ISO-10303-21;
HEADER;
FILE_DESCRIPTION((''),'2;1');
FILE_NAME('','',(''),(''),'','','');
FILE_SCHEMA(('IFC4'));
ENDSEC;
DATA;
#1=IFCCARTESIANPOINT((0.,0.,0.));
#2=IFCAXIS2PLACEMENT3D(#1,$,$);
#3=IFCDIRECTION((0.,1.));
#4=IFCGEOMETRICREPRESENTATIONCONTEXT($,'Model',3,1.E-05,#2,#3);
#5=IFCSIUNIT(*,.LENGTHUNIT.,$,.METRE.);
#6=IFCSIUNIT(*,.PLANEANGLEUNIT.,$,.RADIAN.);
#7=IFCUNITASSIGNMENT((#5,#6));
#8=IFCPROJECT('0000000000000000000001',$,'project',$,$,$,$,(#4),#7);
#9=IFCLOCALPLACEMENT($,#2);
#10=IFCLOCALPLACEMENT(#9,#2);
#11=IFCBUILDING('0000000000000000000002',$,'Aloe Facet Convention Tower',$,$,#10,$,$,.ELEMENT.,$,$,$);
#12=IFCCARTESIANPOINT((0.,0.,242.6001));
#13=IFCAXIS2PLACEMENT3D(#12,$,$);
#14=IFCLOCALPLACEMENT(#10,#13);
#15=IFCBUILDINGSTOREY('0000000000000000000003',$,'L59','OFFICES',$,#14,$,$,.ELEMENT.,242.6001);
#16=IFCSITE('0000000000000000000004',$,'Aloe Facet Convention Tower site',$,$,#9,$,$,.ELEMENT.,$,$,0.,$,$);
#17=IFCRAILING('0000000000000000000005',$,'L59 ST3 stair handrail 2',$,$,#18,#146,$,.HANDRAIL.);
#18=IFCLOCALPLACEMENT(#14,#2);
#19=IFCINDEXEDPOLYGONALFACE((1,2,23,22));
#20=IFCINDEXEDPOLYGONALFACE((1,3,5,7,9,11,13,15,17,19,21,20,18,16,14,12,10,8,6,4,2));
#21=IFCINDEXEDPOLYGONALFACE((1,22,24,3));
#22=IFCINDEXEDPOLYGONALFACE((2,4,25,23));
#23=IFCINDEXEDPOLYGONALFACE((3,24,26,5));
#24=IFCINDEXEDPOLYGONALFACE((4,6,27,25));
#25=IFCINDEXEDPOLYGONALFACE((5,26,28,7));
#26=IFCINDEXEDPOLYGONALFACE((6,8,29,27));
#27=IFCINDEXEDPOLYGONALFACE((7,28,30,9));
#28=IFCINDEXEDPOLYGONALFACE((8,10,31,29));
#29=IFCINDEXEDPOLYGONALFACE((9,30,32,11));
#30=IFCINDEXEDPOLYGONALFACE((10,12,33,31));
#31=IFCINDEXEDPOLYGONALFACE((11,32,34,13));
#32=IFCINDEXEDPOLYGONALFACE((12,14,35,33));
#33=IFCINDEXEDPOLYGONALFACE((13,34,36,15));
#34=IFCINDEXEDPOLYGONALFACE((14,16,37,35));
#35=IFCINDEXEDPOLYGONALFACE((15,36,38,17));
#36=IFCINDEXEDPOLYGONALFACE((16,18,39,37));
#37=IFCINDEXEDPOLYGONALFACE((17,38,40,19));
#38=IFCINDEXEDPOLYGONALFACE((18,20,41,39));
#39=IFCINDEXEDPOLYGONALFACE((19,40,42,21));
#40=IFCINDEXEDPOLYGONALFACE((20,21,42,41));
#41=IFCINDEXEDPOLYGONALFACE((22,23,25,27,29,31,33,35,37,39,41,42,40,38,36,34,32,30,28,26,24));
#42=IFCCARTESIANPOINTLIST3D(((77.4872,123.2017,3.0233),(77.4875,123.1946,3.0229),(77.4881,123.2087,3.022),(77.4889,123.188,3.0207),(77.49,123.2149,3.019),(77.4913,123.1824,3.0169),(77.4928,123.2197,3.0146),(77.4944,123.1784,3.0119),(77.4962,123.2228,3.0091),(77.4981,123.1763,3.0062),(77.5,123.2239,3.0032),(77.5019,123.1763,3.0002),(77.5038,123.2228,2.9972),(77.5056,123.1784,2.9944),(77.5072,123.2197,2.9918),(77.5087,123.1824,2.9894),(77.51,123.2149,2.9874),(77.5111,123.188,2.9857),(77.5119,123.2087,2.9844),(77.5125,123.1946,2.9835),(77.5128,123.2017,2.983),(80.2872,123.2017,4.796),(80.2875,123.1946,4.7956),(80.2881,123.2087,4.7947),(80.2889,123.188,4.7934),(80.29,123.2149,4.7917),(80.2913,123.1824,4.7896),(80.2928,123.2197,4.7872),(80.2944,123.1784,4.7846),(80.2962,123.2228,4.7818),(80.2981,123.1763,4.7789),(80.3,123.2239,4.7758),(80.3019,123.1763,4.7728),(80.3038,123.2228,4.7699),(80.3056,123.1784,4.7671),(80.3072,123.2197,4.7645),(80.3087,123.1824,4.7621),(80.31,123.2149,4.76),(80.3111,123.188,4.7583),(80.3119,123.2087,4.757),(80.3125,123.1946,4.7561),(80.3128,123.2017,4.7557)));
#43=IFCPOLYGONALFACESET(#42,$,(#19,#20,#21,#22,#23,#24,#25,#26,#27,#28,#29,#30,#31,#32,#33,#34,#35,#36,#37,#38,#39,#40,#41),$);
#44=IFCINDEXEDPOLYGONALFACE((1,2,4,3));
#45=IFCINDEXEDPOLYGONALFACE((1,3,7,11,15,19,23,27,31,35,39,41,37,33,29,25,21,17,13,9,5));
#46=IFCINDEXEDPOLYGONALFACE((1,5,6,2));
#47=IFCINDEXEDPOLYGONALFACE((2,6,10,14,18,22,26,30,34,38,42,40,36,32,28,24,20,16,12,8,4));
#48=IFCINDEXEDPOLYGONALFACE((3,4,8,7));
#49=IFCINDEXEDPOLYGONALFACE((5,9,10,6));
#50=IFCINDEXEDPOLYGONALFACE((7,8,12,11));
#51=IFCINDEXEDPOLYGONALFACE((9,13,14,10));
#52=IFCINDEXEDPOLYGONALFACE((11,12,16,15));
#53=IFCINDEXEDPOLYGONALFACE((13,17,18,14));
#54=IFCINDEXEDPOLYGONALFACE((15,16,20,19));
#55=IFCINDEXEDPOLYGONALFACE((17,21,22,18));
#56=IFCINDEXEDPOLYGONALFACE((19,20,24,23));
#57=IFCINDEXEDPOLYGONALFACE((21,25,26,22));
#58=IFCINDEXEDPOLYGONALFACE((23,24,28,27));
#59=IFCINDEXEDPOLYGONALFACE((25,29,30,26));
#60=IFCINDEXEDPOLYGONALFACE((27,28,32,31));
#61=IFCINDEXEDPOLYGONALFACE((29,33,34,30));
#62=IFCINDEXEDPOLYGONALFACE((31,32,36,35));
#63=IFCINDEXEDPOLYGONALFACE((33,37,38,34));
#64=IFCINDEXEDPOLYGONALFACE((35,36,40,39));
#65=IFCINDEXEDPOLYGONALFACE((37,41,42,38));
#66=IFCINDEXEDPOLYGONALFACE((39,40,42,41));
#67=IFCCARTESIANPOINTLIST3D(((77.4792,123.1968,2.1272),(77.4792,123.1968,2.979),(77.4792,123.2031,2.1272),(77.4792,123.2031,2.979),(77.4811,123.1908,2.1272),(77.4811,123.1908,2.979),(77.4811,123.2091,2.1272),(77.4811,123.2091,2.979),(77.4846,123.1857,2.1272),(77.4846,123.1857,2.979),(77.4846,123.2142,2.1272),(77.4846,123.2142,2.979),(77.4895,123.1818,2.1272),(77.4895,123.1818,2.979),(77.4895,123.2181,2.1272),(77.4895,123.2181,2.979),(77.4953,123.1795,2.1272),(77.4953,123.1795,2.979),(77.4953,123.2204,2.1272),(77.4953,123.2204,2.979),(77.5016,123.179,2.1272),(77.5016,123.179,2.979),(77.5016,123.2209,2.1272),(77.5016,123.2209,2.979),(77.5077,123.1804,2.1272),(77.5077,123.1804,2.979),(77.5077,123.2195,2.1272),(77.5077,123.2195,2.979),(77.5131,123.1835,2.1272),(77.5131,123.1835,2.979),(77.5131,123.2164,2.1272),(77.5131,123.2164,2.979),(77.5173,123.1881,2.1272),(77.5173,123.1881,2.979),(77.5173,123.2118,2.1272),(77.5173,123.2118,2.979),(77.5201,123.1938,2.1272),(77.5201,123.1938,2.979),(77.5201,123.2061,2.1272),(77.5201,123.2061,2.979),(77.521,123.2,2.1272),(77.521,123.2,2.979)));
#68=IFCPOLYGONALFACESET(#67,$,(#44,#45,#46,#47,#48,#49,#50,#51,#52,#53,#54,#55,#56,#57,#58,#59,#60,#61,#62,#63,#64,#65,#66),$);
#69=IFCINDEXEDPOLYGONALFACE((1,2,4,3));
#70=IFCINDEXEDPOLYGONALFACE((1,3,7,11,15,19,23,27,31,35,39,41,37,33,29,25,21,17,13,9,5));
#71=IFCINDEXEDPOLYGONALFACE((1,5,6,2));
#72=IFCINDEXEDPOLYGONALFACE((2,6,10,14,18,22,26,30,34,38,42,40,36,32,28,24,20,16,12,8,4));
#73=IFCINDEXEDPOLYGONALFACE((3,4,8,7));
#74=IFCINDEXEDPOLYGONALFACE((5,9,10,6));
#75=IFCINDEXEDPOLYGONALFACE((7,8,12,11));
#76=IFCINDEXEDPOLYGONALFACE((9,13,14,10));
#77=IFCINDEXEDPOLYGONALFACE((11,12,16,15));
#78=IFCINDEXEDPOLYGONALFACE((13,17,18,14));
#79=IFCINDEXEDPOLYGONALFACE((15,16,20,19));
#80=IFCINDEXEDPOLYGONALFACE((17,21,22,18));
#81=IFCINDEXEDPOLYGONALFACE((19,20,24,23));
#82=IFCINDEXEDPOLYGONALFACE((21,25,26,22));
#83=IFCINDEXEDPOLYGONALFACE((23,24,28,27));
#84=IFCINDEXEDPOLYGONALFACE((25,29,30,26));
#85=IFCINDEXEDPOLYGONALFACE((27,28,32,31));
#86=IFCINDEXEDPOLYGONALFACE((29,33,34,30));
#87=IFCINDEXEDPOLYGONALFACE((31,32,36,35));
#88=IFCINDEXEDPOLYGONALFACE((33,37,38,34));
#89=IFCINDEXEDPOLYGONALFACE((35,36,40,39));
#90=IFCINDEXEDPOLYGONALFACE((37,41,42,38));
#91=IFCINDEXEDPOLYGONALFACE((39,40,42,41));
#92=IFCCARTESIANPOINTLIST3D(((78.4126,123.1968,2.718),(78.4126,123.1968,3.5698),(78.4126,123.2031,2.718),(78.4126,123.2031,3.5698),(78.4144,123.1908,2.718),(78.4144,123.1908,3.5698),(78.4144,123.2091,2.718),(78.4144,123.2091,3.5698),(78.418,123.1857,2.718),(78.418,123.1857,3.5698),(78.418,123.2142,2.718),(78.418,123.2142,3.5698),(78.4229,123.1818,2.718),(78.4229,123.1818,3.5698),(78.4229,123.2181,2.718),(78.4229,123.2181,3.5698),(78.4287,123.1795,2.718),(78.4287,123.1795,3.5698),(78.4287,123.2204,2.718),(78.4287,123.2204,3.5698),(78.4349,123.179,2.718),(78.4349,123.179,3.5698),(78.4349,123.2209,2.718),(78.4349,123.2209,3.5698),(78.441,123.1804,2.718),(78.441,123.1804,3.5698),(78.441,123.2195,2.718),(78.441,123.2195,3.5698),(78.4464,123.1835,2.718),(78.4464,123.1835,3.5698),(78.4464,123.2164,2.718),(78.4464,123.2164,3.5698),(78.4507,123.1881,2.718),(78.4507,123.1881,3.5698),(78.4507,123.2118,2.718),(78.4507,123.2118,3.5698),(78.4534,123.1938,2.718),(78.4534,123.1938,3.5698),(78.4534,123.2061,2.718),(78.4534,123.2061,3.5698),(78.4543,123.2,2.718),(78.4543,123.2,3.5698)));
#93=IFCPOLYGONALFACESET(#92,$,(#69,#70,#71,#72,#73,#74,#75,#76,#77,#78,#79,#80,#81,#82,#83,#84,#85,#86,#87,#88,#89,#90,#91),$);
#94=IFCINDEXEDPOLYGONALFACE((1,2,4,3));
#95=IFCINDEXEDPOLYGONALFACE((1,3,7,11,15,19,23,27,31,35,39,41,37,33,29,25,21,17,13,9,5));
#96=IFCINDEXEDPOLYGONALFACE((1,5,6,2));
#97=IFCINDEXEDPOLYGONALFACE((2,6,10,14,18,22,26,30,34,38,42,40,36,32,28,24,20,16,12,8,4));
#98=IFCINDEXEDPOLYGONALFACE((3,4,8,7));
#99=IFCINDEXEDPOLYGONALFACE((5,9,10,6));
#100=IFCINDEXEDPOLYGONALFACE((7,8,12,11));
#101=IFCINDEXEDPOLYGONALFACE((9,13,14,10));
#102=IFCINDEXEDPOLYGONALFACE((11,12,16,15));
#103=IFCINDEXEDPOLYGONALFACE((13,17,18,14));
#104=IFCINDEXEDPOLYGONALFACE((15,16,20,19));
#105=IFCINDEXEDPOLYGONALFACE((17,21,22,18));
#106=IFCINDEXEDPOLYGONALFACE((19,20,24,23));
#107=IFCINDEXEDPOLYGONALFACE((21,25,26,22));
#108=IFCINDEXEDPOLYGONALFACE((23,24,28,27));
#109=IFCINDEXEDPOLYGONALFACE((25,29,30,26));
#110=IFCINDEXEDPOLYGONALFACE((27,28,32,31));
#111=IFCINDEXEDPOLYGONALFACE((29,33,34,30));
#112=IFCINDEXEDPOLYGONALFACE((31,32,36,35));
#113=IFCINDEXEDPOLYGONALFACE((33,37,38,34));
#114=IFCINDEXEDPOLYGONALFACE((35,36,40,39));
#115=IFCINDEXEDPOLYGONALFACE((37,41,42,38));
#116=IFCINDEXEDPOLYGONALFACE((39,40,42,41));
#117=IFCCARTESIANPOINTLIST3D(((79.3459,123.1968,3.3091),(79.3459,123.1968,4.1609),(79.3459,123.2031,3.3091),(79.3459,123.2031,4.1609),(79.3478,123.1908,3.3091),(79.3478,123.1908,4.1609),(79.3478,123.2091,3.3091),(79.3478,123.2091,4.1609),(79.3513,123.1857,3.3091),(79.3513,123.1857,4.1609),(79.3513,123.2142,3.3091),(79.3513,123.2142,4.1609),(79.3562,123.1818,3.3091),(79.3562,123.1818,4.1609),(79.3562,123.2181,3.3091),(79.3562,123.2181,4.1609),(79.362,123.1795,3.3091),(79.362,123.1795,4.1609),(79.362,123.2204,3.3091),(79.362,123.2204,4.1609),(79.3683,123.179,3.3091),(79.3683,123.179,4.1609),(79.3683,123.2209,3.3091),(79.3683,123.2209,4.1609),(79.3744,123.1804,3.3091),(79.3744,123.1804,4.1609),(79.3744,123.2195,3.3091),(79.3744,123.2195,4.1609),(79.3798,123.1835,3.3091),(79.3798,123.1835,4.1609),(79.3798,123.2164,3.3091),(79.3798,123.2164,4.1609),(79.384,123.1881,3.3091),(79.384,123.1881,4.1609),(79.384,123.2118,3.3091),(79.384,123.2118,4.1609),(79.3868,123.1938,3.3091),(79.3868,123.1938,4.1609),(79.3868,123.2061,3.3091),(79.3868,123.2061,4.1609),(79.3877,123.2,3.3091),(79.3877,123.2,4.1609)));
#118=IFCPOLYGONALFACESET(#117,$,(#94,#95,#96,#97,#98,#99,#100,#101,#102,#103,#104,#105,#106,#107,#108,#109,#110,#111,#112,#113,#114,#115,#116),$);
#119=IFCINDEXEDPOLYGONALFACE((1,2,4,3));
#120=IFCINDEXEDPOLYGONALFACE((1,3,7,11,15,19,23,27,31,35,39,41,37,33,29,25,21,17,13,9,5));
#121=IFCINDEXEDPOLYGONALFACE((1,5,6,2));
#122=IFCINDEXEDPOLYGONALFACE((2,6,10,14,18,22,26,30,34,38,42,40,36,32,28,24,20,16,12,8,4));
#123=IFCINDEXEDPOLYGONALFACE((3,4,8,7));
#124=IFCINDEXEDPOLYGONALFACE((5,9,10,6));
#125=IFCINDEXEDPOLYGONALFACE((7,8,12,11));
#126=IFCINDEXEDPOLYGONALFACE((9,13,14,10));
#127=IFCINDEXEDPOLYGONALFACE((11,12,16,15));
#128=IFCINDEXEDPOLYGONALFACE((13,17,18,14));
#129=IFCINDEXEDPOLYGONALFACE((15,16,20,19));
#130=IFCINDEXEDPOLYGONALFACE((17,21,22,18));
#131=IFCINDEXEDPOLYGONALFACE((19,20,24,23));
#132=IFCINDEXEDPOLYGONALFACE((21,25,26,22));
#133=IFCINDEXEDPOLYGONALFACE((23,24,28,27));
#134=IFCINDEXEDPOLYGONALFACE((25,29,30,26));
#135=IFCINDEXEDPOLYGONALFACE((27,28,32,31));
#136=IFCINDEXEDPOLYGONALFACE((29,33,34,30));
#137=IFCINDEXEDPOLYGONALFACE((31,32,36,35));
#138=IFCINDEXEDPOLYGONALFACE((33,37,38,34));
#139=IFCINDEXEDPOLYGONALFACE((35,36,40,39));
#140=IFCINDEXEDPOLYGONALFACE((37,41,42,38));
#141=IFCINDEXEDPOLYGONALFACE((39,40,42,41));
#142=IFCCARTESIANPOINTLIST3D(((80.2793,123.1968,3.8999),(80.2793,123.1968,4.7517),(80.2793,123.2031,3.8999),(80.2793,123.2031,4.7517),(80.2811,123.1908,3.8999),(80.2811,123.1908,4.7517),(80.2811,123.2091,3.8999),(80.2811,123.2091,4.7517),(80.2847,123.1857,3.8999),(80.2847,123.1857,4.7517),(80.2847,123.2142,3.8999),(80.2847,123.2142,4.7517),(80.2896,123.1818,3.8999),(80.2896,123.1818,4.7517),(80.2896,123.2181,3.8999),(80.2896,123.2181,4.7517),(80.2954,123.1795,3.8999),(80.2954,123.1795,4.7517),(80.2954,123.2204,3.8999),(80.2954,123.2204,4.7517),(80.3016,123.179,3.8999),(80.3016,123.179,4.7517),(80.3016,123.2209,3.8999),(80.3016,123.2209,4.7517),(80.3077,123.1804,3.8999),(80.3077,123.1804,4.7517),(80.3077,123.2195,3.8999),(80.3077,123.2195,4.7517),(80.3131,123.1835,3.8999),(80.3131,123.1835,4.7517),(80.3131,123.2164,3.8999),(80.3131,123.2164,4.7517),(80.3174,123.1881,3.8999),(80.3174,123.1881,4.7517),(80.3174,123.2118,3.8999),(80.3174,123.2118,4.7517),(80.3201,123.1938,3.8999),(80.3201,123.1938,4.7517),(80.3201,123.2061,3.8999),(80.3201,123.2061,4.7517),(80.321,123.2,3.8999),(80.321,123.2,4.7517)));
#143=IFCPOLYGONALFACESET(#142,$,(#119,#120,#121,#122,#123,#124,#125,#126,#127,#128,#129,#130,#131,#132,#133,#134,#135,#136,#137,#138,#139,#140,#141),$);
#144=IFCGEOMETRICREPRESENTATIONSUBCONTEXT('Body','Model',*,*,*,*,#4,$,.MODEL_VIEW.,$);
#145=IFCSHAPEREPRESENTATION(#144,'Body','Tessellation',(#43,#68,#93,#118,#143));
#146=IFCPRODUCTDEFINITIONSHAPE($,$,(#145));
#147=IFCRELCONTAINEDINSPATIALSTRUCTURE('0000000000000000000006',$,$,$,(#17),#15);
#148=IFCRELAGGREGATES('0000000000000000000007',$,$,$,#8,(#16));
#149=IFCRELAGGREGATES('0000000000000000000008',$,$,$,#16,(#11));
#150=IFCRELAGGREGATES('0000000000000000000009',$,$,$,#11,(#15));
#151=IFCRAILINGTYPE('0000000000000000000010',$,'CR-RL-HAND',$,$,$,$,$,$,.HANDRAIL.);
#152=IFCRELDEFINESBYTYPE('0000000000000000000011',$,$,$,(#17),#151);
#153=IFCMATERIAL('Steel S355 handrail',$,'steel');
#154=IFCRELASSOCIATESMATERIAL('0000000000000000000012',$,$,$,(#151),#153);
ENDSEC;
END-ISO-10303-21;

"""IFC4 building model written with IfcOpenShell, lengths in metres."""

from ifc_helpers import new_model, si_unit, direction, frame, origin, origin_2d, place, context, subcontext, project, spatial, circle, extrude, material, type_object, element, save


model = new_model("IFC4")

# Units and contexts
model_context = context("Model", 3, precision=1e-05, world=origin(), true_north=direction((0.0, 1.0)))
body_context = subcontext(model_context, "Body", "Model", "MODEL_VIEW")
ifc_project = project(units=[si_unit("LENGTHUNIT", "METRE"), si_unit("PLANEANGLEUNIT", "RADIAN")], contexts=[model_context])

# Site, building, storey
site_placement = place(None, origin())
site = spatial("IfcSite", under=ifc_project, at=site_placement, Name="Aloe Facet Convention Tower site", CompositionType="ELEMENT", RefElevation=0.0)
building_placement = place(site_placement, origin())
building = spatial("IfcBuilding", under=site, at=building_placement, Name="Aloe Facet Convention Tower", CompositionType="ELEMENT")
storey_placement = place(building_placement, frame((0.0, 0.0, 242.6001)))
storey = spatial("IfcBuildingStorey", under=building, at=storey_placement, Name="L59", Description="OFFICES", CompositionType="ELEMENT", Elevation=242.6001)

# Railing
ifc_material_1 = material(Name="Steel S355 handrail", Category="steel")
railing_type = type_object("IfcRailingType", Name="CR-RL-HAND", PredefinedType="HANDRAIL", material=ifc_material_1)
railing_placement = place(storey_placement, frame((77.5, 123.2, 2.1272)))
element("IfcRailing", 1, at=railing_placement, inside=storey, type_object=railing_type, Name="L59 ST3 stair handrail 2", PredefinedType="HANDRAIL", context=body_context, shape_type="SweptSolid", body=[
    extrude(circle(Radius=0.0239, at=origin_2d()), frame((0.0, 0.0, 0.876), z_axis=(0.844909, 0.0, 0.53491), x_axis=(0.0, 1.0, 0.0)), (0.0, 0.0, 1.0), 3.314),
    extrude(circle(Radius=0.021, at=origin_2d()), origin(), (0.0, 0.0, 1.0), 0.8518),
    extrude(circle(Radius=0.021, at=origin_2d()), frame((0.9333, 0.0, 0.5908)), (0.0, 0.0, 1.0), 0.8518),
    extrude(circle(Radius=0.021, at=origin_2d()), frame((1.8667, 0.0, 1.1819)), (0.0, 0.0, 1.0), 0.8518),
    extrude(circle(Radius=0.021, at=origin_2d()), frame((2.8, 0.0, 1.7727)), (0.0, 0.0, 1.0), 0.8518),
])

save(model, "model.ifc")
